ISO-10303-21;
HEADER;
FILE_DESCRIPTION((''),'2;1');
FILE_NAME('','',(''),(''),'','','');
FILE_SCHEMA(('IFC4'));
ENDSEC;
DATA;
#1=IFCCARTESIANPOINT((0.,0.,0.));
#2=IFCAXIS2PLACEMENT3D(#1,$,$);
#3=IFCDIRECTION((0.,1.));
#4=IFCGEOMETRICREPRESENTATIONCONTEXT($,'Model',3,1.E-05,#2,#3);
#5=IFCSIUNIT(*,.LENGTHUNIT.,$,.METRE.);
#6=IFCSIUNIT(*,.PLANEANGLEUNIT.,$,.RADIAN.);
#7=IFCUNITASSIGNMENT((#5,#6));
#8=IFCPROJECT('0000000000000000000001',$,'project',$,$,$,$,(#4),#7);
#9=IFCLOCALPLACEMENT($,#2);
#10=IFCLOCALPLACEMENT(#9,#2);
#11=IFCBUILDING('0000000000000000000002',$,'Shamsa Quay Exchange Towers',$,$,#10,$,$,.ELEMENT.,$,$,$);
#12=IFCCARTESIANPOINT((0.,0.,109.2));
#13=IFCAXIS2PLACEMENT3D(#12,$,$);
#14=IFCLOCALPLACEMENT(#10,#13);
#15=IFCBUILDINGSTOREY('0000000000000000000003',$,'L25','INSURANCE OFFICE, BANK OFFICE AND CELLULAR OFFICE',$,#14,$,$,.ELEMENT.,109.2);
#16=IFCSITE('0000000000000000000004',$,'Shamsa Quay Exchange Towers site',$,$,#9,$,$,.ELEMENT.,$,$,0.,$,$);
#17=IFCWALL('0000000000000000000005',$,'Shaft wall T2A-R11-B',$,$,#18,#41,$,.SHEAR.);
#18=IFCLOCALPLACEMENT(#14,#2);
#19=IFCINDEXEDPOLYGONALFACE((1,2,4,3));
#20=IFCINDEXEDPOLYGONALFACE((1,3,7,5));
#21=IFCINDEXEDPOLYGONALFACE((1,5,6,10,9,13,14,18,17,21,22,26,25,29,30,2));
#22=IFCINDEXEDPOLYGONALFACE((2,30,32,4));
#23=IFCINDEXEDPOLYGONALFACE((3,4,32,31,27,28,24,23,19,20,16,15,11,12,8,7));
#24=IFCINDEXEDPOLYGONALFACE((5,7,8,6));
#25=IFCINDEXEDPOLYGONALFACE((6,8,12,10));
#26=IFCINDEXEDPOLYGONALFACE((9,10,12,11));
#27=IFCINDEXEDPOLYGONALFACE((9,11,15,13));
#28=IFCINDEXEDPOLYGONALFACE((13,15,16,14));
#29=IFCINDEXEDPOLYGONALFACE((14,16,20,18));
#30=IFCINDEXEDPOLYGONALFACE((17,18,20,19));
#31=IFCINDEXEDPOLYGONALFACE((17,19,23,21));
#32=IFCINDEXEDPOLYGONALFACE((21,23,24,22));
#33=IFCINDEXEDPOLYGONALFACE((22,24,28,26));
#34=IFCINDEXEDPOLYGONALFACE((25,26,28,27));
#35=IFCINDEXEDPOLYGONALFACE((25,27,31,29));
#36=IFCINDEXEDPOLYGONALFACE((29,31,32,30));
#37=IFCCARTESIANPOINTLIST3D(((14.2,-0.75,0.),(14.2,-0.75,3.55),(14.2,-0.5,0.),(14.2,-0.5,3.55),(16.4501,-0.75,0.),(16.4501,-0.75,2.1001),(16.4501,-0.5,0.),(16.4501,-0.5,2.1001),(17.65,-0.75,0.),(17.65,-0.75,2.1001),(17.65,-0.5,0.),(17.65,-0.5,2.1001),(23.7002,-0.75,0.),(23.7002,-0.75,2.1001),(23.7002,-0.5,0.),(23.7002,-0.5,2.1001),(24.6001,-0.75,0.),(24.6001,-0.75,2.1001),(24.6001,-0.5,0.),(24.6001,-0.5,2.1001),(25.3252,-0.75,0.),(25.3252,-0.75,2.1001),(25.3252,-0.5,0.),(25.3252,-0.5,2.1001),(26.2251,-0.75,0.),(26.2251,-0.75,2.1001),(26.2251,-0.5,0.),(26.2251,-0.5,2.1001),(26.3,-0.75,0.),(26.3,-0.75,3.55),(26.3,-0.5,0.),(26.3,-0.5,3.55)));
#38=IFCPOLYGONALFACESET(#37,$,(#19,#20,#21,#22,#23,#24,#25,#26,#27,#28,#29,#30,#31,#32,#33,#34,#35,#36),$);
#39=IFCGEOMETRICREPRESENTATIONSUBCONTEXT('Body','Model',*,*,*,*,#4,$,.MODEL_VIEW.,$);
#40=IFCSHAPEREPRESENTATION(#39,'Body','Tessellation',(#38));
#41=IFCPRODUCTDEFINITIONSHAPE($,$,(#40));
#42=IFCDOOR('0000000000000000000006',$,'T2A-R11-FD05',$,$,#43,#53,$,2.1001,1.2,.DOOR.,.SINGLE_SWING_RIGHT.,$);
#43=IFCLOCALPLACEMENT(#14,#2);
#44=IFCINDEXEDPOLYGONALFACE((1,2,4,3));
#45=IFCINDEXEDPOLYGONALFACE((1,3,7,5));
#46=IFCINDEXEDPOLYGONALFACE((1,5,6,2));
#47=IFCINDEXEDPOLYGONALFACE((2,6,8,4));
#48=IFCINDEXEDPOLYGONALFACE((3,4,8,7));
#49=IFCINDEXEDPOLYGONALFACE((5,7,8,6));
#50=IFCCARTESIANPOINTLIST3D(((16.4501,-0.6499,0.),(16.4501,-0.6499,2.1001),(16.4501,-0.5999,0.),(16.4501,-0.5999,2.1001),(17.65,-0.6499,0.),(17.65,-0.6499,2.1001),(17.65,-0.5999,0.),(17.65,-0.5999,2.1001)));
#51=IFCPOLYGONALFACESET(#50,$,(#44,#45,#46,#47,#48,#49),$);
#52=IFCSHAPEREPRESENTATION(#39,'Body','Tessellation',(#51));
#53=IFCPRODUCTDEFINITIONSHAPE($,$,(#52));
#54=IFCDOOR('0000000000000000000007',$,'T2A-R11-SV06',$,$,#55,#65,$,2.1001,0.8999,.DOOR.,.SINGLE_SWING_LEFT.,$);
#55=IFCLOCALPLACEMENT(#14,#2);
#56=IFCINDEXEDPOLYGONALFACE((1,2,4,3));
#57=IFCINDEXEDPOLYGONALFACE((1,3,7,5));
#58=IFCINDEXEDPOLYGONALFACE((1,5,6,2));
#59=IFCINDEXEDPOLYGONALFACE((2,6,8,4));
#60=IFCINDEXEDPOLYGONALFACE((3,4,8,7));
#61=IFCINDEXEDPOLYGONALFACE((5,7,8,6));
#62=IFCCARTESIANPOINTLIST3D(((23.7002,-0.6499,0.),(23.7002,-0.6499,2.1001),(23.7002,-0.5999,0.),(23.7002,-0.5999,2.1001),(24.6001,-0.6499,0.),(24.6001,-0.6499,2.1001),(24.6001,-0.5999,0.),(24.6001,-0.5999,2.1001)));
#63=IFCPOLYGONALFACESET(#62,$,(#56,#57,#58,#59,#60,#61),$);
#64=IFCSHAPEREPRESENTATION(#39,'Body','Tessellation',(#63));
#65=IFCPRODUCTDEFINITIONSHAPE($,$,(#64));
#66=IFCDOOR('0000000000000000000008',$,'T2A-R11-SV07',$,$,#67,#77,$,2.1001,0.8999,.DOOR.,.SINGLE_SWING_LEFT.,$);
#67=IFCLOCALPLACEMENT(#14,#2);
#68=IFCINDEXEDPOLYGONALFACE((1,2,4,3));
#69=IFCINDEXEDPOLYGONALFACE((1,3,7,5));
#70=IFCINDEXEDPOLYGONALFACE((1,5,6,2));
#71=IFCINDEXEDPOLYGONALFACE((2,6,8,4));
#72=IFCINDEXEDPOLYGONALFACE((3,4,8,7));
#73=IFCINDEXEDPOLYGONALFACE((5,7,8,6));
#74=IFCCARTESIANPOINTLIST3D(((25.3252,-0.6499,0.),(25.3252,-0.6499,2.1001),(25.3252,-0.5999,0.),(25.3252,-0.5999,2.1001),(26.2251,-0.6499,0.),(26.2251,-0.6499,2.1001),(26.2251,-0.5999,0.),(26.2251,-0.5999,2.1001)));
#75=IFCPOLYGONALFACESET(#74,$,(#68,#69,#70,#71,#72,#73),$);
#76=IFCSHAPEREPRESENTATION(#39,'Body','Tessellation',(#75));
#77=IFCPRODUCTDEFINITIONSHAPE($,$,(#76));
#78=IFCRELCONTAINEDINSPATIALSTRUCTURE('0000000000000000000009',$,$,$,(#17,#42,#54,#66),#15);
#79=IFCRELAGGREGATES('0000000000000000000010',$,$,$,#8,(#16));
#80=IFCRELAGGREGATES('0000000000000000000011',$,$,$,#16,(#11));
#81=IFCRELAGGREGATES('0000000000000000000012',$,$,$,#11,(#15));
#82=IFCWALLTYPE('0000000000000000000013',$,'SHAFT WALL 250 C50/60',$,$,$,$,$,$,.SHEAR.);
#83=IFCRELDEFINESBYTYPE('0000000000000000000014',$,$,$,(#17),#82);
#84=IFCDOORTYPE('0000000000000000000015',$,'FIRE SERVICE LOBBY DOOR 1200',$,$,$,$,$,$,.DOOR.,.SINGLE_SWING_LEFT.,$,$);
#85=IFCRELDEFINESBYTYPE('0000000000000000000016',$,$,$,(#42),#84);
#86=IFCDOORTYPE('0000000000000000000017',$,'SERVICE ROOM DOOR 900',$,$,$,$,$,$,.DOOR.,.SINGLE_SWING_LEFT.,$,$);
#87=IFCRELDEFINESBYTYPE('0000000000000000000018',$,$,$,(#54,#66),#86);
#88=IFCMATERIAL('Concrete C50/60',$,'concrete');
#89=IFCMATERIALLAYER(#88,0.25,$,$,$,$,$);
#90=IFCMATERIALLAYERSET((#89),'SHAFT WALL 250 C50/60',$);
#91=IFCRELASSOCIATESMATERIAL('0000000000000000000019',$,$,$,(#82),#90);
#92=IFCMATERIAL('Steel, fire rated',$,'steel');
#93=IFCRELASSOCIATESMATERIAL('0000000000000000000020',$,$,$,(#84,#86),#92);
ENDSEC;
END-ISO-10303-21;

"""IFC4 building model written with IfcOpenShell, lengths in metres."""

from ifc_helpers import new_model, si_unit, direction, frame, frame_2d, origin, place, context, subcontext, project, spatial, rectangle, extrude, material, layer, layer_set, type_object, element, fill, save


model = new_model("IFC4")

# Units and contexts
model_context = context("Model", 3, precision=1e-05, world=origin(), true_north=direction((0.0, 1.0)))
body_context = subcontext(model_context, "Body", "Model", "MODEL_VIEW")
ifc_project = project(units=[si_unit("LENGTHUNIT", "METRE"), si_unit("PLANEANGLEUNIT", "RADIAN")], contexts=[model_context])

# Site, building, storey
site_placement = place(None, origin())
site = spatial("IfcSite", under=ifc_project, at=site_placement, Name="Shamsa Quay Exchange Towers site", CompositionType="ELEMENT", RefElevation=0.0)
building_placement = place(site_placement, origin())
building = spatial("IfcBuilding", under=site, at=building_placement, Name="Shamsa Quay Exchange Towers", CompositionType="ELEMENT")
storey_placement = place(building_placement, frame((0.0, 0.0, 109.2)))
storey = spatial("IfcBuildingStorey", under=building, at=storey_placement, Name="L25", Description="INSURANCE OFFICE, BANK OFFICE AND CELLULAR OFFICE", CompositionType="ELEMENT", Elevation=109.2)

# Shared definitions
ifc_material_1 = material(Name="Concrete C50/60", Category="concrete")
ifc_layer_1 = layer(ifc_material_1, 0.25)
ifc_layer_set_1 = layer_set([ifc_layer_1], Name="SHAFT WALL 250 C50/60")
wall_type_1 = type_object("IfcWallType", Name="SHAFT WALL 250 C50/60", PredefinedType="SHEAR", material=ifc_layer_set_1)
ifc_material_2 = material(Name="Steel, fire rated", Category="steel")

# Wall, openings, doors
wall_1_placement = place(storey_placement, frame((26.3, -0.625, 0.0), z_axis=(0.0, 0.0, 1.0), x_axis=(-1.0, 0.0, 0.0)))
wall_1 = element("IfcWall", 1, at=wall_1_placement, inside=storey, type_object=wall_type_1, Name="Shaft wall T2A-R11-B", PredefinedType="SHEAR", context=body_context, shape_type="SweptSolid", body=[
    extrude(rectangle(XDim=12.1001, YDim=0.25, at=frame_2d((6.05, 0.0))), origin(), (0.0, 0.0, 1.0), 3.55),
])
opening_1_placement = place(wall_1_placement, frame((8.6499, 0.0, 0.0)))
opening_1 = element("IfcOpeningElement", 2, at=opening_1_placement, cuts=wall_1, PredefinedType="OPENING", context=body_context, shape_type="SweptSolid", body=[
    extrude(rectangle(XDim=1.2, YDim=2.1001, at=frame_2d((0.6001, 1.05))), frame((0.0, 0.135, 0.0), z_axis=(0.0, -1.0, 0.0), x_axis=(1.0, 0.0, 0.0)), (0.0, 0.0, 1.0), 0.27),
])
opening_2_placement = place(wall_1_placement, frame((1.7, 0.0, 0.0)))
opening_2 = element("IfcOpeningElement", 3, at=opening_2_placement, cuts=wall_1, PredefinedType="OPENING", context=body_context, shape_type="SweptSolid", body=[
    extrude(rectangle(XDim=0.8999, YDim=2.1001, at=frame_2d((0.45, 1.05))), frame((0.0, 0.135, 0.0), z_axis=(0.0, -1.0, 0.0), x_axis=(1.0, 0.0, 0.0)), (0.0, 0.0, 1.0), 0.27),
])
opening_3_placement = place(wall_1_placement, frame((0.075, 0.0, 0.0)))
opening_3 = element("IfcOpeningElement", 4, at=opening_3_placement, cuts=wall_1, PredefinedType="OPENING", context=body_context, shape_type="SweptSolid", body=[
    extrude(rectangle(XDim=0.8999, YDim=2.1001, at=frame_2d((0.45, 1.05))), frame((0.0, 0.135, 0.0), z_axis=(0.0, -1.0, 0.0), x_axis=(1.0, 0.0, 0.0)), (0.0, 0.0, 1.0), 0.27),
])
door_type_1 = type_object("IfcDoorType", Name="FIRE SERVICE LOBBY DOOR 1200", OperationType="SINGLE_SWING_LEFT", PredefinedType="DOOR", material=ifc_material_2)
door_1_placement = place(opening_1_placement, origin())
door_1 = element("IfcDoor", 5, at=door_1_placement, inside=storey, type_object=door_type_1, Name="T2A-R11-FD05", OperationType="SINGLE_SWING_RIGHT", OverallHeight=2.1001, OverallWidth=1.2, PredefinedType="DOOR", context=body_context, shape_type="SweptSolid", body=[
    extrude(rectangle(XDim=1.2, YDim=2.1001, at=frame_2d((0.6001, 1.05))), frame((0.0, 0.0249, 0.0), z_axis=(0.0, -1.0, 0.0), x_axis=(1.0, 0.0, 0.0)), (0.0, 0.0, 1.0), 0.05),
])
fill(opening_1, door_1)
door_type_2 = type_object("IfcDoorType", Name="SERVICE ROOM DOOR 900", OperationType="SINGLE_SWING_LEFT", PredefinedType="DOOR", material=ifc_material_2)
door_2_placement = place(opening_2_placement, origin())
door_2 = element("IfcDoor", 6, at=door_2_placement, inside=storey, type_object=door_type_2, Name="T2A-R11-SV06", OperationType="SINGLE_SWING_LEFT", OverallHeight=2.1001, OverallWidth=0.8999, PredefinedType="DOOR", context=body_context, shape_type="SweptSolid", body=[
    extrude(rectangle(XDim=0.8999, YDim=2.1001, at=frame_2d((0.45, 1.05))), frame((0.0, 0.0249, 0.0), z_axis=(0.0, -1.0, 0.0), x_axis=(1.0, 0.0, 0.0)), (0.0, 0.0, 1.0), 0.05),
])
fill(opening_2, door_2)
door_3_placement = place(opening_3_placement, origin())
door_3 = element("IfcDoor", 7, at=door_3_placement, inside=storey, type_object=door_type_2, Name="T2A-R11-SV07", OperationType="SINGLE_SWING_LEFT", OverallHeight=2.1001, OverallWidth=0.8999, PredefinedType="DOOR", context=body_context, shape_type="SweptSolid", body=[
    extrude(rectangle(XDim=0.8999, YDim=2.1001, at=frame_2d((0.45, 1.05))), frame((0.0, 0.0249, 0.0), z_axis=(0.0, -1.0, 0.0), x_axis=(1.0, 0.0, 0.0)), (0.0, 0.0, 1.0), 0.05),
])
fill(opening_3, door_3)

save(model, "model.ifc")
